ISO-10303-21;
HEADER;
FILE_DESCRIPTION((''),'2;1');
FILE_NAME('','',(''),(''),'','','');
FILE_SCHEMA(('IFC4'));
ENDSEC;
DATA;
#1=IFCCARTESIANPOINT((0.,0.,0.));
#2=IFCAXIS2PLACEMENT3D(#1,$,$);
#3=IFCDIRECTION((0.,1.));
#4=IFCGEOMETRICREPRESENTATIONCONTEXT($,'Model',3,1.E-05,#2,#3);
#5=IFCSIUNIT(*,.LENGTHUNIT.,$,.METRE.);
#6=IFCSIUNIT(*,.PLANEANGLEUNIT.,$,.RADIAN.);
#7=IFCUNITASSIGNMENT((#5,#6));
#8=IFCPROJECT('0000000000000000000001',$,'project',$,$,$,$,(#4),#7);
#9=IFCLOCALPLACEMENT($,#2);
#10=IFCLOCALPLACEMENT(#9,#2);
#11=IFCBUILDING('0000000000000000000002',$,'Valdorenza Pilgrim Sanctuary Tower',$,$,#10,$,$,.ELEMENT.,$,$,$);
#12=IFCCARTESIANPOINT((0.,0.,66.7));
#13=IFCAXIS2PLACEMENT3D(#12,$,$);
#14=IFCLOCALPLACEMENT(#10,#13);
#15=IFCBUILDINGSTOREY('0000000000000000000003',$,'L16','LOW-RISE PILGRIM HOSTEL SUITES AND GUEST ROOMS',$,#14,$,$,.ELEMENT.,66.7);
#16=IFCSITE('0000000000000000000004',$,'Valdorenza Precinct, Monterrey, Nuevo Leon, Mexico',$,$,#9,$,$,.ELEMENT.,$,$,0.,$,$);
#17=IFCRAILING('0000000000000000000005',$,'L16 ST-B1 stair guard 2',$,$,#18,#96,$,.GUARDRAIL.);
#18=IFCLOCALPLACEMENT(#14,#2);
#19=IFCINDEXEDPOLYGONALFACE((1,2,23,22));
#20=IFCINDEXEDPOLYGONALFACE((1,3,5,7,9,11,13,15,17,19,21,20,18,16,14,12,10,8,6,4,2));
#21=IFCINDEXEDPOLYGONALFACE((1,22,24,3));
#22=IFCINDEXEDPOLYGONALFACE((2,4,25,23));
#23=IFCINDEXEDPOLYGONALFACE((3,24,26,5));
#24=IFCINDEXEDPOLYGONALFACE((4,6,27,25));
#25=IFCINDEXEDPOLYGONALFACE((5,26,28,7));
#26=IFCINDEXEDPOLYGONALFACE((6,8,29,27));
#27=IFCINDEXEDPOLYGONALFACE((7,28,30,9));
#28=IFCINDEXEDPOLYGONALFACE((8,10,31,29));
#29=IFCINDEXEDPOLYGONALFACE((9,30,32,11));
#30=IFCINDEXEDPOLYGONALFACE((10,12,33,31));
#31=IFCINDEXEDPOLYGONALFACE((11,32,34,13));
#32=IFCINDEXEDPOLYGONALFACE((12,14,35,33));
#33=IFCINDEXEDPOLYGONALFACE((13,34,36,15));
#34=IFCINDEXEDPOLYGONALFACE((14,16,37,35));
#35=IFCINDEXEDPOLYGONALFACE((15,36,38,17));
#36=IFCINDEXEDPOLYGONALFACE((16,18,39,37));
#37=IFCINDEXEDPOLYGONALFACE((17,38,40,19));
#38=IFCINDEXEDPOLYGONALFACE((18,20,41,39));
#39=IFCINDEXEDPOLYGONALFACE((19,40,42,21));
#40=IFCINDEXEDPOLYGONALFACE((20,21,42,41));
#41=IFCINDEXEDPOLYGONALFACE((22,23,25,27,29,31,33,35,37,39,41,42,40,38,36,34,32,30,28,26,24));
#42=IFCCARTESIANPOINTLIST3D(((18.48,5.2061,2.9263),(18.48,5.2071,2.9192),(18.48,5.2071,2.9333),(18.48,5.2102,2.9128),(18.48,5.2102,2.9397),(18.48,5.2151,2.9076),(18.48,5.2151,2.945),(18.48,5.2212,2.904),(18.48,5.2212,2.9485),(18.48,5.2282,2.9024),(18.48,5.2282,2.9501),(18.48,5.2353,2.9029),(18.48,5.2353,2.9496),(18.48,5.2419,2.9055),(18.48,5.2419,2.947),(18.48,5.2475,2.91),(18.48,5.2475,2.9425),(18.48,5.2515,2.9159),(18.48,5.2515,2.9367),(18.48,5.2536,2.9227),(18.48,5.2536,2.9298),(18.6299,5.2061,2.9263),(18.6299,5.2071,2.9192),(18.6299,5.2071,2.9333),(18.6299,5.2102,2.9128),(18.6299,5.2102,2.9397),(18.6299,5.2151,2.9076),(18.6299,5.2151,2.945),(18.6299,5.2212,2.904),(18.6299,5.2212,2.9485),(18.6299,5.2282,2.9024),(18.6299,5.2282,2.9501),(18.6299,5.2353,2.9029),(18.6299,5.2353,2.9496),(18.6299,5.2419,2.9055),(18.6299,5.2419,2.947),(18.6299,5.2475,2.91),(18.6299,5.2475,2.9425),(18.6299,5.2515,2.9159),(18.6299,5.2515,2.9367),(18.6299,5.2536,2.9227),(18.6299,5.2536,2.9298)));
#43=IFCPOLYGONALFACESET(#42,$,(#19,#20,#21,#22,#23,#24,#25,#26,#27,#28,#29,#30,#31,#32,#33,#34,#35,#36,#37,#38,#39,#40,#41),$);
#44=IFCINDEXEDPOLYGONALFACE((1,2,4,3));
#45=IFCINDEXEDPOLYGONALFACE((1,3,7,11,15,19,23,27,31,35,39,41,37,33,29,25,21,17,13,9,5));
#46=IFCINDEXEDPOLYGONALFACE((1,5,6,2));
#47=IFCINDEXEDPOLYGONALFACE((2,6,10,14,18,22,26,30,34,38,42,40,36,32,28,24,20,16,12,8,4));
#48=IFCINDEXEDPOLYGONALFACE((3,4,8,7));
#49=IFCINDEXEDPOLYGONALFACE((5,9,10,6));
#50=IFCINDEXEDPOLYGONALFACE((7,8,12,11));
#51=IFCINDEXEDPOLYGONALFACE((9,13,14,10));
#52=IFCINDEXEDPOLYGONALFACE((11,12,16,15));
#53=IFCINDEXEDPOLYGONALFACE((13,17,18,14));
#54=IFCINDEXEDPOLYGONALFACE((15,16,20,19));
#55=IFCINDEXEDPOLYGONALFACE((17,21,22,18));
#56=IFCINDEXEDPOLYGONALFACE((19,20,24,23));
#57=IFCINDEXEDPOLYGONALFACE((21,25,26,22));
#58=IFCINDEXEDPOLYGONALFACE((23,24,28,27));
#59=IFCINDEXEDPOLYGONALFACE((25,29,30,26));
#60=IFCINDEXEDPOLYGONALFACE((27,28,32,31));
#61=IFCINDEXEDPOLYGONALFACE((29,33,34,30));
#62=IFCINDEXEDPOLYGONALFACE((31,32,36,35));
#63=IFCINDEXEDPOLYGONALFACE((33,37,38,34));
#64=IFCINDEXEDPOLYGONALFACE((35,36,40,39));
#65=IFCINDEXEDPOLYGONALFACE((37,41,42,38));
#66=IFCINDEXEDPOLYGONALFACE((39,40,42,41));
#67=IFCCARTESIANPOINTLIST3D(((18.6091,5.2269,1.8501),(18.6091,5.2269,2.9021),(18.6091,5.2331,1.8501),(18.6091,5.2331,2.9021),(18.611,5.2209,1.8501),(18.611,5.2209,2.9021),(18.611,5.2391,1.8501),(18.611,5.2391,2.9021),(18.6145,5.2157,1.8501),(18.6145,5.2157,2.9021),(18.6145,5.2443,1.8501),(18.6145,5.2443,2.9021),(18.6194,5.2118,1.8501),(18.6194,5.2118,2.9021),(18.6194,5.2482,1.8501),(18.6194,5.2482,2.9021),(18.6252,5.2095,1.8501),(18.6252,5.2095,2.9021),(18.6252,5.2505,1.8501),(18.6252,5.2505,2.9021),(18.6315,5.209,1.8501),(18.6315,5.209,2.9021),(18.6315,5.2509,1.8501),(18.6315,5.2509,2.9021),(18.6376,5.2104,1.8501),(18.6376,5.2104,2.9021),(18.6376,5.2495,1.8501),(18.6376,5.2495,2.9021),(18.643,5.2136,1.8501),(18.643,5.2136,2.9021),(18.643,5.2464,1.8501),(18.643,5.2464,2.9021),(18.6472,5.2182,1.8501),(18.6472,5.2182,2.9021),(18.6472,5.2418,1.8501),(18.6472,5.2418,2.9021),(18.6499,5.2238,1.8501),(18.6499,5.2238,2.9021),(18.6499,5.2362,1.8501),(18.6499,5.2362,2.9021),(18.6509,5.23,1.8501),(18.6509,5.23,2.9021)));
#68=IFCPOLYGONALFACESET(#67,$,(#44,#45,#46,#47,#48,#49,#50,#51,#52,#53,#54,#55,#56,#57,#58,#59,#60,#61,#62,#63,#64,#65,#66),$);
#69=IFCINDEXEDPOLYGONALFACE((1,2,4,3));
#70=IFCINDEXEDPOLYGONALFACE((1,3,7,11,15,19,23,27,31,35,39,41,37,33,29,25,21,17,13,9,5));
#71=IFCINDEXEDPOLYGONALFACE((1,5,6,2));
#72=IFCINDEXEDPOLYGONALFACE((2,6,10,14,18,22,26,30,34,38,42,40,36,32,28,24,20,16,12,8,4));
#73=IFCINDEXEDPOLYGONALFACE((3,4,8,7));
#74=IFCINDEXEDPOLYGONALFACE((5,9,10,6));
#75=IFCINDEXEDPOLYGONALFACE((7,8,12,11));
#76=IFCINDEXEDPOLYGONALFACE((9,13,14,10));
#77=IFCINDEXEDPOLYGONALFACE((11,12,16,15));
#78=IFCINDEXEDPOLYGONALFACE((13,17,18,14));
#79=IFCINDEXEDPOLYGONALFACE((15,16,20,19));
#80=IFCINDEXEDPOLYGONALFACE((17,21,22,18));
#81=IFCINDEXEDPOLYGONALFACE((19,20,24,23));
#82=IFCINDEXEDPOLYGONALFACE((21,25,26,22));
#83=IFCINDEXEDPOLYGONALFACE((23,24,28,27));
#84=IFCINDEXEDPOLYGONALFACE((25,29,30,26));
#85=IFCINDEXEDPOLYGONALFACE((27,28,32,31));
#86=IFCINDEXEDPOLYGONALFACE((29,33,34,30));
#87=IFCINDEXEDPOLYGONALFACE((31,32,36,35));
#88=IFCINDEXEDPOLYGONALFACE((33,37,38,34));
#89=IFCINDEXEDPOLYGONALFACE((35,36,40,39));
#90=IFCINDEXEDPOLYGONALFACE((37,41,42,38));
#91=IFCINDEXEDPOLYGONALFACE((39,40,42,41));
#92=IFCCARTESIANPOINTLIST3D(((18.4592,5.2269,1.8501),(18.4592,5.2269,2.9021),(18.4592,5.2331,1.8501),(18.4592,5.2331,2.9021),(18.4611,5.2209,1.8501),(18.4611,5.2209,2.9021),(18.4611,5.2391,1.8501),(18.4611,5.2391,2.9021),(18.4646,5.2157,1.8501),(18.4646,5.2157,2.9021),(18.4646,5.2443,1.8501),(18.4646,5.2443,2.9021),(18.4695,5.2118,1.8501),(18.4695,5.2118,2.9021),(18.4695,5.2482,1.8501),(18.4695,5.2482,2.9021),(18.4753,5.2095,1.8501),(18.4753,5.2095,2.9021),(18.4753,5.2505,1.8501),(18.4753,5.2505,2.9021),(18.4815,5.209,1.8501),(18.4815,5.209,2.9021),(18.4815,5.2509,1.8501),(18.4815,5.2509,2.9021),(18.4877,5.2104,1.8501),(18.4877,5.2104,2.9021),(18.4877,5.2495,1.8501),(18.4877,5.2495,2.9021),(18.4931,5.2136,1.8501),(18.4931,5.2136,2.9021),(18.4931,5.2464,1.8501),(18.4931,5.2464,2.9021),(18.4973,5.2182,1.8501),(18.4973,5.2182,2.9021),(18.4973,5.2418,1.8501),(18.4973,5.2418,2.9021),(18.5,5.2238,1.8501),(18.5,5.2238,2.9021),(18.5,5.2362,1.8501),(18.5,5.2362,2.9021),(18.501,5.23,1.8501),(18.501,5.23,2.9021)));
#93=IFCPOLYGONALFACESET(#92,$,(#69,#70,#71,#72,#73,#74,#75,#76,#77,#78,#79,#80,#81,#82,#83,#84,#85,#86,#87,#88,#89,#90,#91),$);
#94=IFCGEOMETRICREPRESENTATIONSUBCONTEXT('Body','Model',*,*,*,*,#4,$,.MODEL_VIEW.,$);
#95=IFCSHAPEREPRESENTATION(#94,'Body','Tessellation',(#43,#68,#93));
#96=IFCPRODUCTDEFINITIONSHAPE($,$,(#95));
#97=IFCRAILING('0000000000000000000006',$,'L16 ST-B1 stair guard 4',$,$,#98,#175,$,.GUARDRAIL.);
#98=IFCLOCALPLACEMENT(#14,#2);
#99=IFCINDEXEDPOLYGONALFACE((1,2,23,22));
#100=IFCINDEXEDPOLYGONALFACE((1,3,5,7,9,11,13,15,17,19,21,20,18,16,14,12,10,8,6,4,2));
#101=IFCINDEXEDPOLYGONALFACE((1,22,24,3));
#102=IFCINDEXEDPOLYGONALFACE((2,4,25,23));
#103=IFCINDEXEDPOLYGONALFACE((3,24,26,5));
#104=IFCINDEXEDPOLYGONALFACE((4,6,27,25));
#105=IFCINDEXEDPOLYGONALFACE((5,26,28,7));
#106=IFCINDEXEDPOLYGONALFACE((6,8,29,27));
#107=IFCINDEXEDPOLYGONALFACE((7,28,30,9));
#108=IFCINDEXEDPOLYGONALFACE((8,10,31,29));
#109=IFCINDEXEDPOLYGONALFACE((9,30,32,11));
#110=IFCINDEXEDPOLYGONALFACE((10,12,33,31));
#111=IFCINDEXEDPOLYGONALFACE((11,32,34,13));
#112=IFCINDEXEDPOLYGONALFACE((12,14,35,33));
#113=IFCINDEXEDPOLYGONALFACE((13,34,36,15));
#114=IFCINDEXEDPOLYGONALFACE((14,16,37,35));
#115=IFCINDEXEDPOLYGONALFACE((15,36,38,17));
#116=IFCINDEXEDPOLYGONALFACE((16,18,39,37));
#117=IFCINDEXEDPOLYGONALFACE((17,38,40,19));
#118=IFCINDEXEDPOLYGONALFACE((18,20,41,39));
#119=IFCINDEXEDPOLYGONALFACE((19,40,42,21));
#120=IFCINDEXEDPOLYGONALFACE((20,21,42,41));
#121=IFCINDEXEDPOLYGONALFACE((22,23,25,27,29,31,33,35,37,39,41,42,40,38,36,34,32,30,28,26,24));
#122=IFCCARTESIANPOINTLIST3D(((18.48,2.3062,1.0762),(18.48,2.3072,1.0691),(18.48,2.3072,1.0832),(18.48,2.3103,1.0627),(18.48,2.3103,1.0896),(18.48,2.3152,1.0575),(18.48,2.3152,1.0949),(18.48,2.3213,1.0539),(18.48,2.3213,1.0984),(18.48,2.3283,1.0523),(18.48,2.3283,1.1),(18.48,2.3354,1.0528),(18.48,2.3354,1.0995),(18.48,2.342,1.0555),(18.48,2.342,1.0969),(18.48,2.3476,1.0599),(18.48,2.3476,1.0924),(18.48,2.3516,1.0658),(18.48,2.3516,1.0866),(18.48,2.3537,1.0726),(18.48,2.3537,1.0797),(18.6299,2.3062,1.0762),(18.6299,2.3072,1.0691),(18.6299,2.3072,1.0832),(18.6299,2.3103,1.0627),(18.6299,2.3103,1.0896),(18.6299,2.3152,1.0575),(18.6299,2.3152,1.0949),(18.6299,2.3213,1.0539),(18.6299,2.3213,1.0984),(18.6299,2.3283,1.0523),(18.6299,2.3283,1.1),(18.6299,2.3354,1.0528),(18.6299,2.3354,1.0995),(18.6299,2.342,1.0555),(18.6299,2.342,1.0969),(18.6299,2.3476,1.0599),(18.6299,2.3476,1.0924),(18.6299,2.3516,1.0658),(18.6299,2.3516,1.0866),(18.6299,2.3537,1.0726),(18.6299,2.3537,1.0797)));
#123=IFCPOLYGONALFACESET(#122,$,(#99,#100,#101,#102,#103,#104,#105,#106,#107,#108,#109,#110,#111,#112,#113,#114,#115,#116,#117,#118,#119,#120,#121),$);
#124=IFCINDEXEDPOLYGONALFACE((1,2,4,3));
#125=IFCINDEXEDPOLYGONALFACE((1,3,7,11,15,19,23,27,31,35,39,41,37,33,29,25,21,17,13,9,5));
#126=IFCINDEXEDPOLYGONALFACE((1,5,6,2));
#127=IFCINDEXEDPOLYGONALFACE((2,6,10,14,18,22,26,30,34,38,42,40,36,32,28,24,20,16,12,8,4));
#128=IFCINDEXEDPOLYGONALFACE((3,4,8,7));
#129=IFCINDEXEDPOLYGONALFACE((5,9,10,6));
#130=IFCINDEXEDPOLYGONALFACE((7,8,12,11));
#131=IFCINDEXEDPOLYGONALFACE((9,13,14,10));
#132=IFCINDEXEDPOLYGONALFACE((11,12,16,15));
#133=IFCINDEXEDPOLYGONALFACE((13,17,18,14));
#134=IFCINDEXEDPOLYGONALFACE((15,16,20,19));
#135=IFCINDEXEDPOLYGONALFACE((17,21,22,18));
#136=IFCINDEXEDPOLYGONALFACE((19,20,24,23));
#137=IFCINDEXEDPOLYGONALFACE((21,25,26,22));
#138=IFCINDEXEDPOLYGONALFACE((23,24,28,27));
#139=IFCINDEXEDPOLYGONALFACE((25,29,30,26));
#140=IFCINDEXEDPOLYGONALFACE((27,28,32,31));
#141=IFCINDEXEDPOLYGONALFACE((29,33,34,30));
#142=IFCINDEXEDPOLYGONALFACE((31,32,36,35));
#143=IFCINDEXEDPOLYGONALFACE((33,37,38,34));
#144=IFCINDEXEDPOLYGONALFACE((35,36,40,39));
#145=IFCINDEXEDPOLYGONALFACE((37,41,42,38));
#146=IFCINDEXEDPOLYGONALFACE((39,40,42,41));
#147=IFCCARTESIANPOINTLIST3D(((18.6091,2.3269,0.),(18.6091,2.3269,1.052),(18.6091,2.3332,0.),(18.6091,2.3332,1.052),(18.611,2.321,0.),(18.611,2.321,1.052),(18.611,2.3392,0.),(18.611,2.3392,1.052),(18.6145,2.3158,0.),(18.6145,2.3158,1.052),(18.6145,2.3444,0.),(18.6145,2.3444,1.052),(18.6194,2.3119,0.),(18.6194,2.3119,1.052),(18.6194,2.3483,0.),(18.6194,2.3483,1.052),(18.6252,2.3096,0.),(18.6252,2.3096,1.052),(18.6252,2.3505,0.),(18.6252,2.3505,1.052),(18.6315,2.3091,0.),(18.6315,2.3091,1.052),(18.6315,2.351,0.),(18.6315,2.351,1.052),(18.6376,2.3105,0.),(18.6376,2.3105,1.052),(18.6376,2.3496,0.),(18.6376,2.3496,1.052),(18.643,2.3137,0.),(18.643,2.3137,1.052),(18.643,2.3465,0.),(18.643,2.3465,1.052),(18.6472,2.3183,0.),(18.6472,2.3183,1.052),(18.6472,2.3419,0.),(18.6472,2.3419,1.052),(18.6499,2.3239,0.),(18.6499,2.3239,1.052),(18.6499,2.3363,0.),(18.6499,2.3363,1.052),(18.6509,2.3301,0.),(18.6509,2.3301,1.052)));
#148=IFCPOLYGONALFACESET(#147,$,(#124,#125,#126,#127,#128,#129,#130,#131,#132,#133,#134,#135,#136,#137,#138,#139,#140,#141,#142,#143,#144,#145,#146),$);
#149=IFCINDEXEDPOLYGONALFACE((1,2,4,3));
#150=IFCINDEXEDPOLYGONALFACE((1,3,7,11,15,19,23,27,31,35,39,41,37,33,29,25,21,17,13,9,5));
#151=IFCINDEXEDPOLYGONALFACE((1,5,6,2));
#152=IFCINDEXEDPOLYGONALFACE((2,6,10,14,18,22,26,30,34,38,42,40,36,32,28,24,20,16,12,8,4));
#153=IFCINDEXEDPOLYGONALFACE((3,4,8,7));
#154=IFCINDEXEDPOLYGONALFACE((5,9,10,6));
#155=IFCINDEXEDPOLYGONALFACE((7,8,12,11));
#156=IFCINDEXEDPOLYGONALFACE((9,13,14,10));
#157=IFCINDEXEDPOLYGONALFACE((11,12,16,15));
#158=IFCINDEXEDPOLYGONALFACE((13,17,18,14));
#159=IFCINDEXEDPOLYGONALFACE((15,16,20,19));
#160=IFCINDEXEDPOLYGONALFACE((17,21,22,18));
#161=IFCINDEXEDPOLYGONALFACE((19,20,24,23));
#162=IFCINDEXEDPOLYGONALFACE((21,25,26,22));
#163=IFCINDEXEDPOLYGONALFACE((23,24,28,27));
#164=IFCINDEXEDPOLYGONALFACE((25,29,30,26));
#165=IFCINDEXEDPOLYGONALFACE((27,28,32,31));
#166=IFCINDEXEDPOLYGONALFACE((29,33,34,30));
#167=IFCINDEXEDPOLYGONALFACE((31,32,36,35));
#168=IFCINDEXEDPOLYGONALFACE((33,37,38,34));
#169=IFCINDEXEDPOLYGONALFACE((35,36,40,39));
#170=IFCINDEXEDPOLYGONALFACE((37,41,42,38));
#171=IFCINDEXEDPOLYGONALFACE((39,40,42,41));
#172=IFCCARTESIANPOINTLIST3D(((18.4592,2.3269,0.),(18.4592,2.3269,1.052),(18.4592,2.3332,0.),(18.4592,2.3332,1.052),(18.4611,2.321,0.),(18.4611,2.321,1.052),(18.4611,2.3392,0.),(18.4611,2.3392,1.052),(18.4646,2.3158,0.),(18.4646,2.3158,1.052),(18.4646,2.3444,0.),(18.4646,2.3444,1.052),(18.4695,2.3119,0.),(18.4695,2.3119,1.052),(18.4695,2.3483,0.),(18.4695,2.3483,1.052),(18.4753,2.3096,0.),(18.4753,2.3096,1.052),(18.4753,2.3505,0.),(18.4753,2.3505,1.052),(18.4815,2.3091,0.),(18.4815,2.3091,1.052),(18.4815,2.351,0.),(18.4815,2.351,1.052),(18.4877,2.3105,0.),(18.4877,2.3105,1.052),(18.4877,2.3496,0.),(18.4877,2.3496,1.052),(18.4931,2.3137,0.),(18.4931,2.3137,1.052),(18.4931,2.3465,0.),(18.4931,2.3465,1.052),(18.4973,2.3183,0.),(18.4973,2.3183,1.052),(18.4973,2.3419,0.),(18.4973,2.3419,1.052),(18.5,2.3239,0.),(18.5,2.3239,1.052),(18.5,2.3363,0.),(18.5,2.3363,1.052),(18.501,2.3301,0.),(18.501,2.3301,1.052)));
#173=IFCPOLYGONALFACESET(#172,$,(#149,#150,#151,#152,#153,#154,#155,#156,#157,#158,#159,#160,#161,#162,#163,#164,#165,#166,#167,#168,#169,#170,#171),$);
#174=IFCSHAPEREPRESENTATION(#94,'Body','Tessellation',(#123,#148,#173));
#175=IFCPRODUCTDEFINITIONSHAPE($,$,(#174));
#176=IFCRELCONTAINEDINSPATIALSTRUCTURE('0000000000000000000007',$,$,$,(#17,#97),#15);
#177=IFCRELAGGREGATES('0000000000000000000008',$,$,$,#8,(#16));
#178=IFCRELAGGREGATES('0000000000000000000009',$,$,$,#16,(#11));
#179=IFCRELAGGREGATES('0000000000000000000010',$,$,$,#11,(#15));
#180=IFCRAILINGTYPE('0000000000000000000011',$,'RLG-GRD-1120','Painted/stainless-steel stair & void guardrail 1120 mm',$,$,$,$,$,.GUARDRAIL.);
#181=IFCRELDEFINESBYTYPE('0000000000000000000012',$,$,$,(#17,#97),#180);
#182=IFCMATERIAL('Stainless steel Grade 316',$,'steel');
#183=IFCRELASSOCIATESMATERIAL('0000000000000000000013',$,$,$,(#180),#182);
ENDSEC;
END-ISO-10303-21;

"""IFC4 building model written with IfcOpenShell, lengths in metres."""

from ifc_helpers import new_model, si_unit, direction, frame, origin, origin_2d, place, context, subcontext, project, spatial, circle, extrude, material, type_object, element, save


model = new_model("IFC4")

# Units and contexts
model_context = context("Model", 3, precision=1e-05, world=origin(), true_north=direction((0.0, 1.0)))
body_context = subcontext(model_context, "Body", "Model", "MODEL_VIEW")
ifc_project = project(units=[si_unit("LENGTHUNIT", "METRE"), si_unit("PLANEANGLEUNIT", "RADIAN")], contexts=[model_context])

# Site, building, storey
site_placement = place(None, origin())
site = spatial("IfcSite", under=ifc_project, at=site_placement, Name="Valdorenza Precinct, Monterrey, Nuevo Leon, Mexico", CompositionType="ELEMENT", RefElevation=0.0)
building_placement = place(site_placement, origin())
building = spatial("IfcBuilding", under=site, at=building_placement, Name="Valdorenza Pilgrim Sanctuary Tower", CompositionType="ELEMENT")
storey_placement = place(building_placement, frame((0.0, 0.0, 66.7)))
storey = spatial("IfcBuildingStorey", under=building, at=storey_placement, Name="L16", Description="LOW-RISE PILGRIM HOSTEL SUITES AND GUEST ROOMS", CompositionType="ELEMENT", Elevation=66.7)

# Railings
ifc_material_1 = material(Name="Stainless steel Grade 316", Category="steel")
railing_type_1 = type_object("IfcRailingType", Name="RLG-GRD-1120", Description="Painted/stainless-steel stair & void guardrail 1120 mm", PredefinedType="GUARDRAIL", material=ifc_material_1)
for number, where, name in (
    (1, (18.6299, 5.23, 1.8501), "L16 ST-B1 stair guard 2"),
    (2, (18.6299, 2.3301, 0.0), "L16 ST-B1 stair guard 4"),
):
    element("IfcRailing", number, at=place(storey_placement, frame(where)), inside=storey, type_object=railing_type_1, Name=name, PredefinedType="GUARDRAIL", context=body_context, shape_type="SweptSolid", body=[
        extrude(circle(Radius=0.0239, at=origin_2d()), frame((0.0, 0.0, 1.0762), z_axis=(-1.0, 0.0, 0.0), x_axis=(0.0, -1.0, 0.0)), (0.0, 0.0, 1.0), 0.1499),
        extrude(circle(Radius=0.021, at=origin_2d()), origin(), (0.0, 0.0, 1.0), 1.052),
        extrude(circle(Radius=0.021, at=origin_2d()), frame((-0.1499, 0.0, 0.0)), (0.0, 0.0, 1.0), 1.052),
    ])

save(model, "model.ifc")
